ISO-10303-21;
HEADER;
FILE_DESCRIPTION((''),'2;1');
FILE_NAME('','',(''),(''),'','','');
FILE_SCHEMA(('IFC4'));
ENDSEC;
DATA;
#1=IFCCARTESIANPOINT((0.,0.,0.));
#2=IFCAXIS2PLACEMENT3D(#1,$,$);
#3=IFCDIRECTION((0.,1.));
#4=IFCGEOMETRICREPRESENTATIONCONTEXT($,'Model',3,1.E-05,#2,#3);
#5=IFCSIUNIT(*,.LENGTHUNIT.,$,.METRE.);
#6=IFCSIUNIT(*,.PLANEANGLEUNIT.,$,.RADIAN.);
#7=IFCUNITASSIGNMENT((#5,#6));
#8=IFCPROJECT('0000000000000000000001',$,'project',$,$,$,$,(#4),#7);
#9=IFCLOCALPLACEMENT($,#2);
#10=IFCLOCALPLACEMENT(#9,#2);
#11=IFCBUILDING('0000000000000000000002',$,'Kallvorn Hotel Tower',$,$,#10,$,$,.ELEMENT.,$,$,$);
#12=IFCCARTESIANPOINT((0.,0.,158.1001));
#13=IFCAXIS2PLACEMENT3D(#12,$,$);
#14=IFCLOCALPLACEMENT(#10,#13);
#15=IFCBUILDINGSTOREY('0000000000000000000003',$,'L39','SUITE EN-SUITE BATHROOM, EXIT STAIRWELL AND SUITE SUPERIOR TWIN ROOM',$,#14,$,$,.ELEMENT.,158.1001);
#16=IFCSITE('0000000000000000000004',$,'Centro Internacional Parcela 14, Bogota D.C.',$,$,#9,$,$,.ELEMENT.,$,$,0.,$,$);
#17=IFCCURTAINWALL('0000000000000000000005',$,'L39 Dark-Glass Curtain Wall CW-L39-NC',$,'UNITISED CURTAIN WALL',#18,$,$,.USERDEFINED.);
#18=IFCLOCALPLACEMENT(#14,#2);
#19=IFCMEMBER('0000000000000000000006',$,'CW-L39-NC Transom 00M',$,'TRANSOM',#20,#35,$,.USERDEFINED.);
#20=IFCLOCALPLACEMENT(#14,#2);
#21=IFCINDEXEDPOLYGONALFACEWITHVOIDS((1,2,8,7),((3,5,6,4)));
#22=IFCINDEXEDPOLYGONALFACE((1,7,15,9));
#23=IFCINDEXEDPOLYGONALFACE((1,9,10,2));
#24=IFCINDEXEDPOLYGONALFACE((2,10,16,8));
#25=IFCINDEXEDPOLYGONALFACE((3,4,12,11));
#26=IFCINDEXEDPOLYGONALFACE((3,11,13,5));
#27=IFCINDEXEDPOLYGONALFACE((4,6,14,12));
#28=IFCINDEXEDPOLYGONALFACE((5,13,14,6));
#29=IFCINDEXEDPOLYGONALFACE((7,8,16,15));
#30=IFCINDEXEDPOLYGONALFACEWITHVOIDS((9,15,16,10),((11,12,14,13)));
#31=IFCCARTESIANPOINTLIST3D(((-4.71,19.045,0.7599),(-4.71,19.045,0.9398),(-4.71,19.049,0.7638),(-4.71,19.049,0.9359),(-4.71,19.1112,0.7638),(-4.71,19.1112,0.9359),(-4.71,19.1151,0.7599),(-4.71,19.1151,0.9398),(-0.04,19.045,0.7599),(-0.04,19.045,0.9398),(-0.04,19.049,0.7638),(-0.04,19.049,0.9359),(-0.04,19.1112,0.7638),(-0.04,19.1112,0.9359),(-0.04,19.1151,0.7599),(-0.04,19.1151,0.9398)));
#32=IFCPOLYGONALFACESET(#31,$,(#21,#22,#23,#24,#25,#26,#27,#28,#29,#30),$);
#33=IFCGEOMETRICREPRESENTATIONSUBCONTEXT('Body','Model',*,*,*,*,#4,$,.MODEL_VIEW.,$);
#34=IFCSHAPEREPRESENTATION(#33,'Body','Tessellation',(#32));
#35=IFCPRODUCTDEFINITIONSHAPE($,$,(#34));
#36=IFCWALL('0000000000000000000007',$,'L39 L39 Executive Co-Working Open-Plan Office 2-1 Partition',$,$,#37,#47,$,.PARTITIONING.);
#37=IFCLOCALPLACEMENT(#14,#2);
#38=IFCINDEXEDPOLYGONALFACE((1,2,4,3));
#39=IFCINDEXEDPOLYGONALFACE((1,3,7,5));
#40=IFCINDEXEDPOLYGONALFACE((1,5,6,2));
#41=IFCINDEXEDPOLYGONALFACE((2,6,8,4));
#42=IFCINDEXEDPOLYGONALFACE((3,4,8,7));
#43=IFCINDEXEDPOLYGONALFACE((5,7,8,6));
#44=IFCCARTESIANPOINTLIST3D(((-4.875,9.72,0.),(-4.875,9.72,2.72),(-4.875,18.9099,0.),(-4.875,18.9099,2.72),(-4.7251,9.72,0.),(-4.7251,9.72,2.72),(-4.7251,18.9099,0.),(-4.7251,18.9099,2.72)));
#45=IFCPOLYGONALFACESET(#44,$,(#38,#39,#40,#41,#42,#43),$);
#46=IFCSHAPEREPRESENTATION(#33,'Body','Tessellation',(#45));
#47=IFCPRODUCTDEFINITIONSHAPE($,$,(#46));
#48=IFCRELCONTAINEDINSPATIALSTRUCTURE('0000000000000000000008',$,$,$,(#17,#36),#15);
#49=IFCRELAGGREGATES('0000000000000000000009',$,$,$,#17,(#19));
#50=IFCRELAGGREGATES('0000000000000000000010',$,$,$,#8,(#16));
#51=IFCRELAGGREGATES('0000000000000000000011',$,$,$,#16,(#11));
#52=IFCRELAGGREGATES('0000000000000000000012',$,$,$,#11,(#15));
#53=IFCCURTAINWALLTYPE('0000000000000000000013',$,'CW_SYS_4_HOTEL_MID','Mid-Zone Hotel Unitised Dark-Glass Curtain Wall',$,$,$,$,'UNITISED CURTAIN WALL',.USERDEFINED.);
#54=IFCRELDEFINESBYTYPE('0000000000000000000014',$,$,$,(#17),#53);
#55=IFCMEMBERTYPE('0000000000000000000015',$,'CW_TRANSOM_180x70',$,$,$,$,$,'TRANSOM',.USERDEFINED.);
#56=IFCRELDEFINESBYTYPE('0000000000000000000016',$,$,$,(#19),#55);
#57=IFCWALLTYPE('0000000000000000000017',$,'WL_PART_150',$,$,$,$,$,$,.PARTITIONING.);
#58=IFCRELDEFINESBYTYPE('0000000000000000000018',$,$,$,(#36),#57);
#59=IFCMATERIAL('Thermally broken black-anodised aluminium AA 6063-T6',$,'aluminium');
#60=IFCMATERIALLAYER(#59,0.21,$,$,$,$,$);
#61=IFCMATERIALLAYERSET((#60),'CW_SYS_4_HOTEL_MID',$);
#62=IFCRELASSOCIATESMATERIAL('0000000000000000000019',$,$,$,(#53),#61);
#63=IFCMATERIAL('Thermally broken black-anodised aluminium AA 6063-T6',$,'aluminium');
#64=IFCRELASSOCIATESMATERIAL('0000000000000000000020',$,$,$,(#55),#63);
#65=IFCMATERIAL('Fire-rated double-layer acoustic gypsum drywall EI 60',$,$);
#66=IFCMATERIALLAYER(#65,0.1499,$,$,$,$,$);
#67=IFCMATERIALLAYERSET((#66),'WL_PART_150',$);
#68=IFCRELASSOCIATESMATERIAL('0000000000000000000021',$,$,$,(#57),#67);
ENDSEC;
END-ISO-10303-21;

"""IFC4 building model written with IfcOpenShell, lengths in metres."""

from ifc_helpers import new_model, si_unit, direction, frame, frame_2d, origin, origin_2d, place, context, subcontext, project, spatial, rectangle, hollow_rectangle, extrude, material, layer, layer_set, material_profile, profile_set, type_object, element, aggregate, save


model = new_model("IFC4")

# Units and contexts
model_context = context("Model", 3, precision=1e-05, world=origin(), true_north=direction((0.0, 1.0)))
body_context = subcontext(model_context, "Body", "Model", "MODEL_VIEW")
ifc_project = project(units=[si_unit("LENGTHUNIT", "METRE"), si_unit("PLANEANGLEUNIT", "RADIAN")], contexts=[model_context])

# Site, building, storey
site_placement = place(None, origin())
site = spatial("IfcSite", under=ifc_project, at=site_placement, Name="Centro Internacional Parcela 14, Bogota D.C.", CompositionType="ELEMENT", RefElevation=0.0)
building_placement = place(site_placement, origin())
building = spatial("IfcBuilding", under=site, at=building_placement, Name="Kallvorn Hotel Tower", CompositionType="ELEMENT")
storey_placement = place(building_placement, frame((0.0, 0.0, 158.1001)))
storey = spatial("IfcBuildingStorey", under=building, at=storey_placement, Name="L39", Description="SUITE EN-SUITE BATHROOM, EXIT STAIRWELL AND SUITE SUPERIOR TWIN ROOM", CompositionType="ELEMENT", Elevation=158.1001)

# Curtain wall, member
ifc_material_1 = material(Name="Thermally broken black-anodised aluminium AA 6063-T6", Category="aluminium")
ifc_layer_1 = layer(ifc_material_1, 0.21)
ifc_layer_set_1 = layer_set([ifc_layer_1], Name="CW_SYS_4_HOTEL_MID")
curtain_wall_type = type_object("IfcCurtainWallType", Name="CW_SYS_4_HOTEL_MID", Description="Mid-Zone Hotel Unitised Dark-Glass Curtain Wall", ElementType="UNITISED CURTAIN WALL", PredefinedType="USERDEFINED", material=ifc_layer_set_1)
curtain_wall_placement = place(storey_placement, origin())
curtain_wall = element("IfcCurtainWall", 1, at=curtain_wall_placement, inside=storey, type_object=curtain_wall_type, Name="L39 Dark-Glass Curtain Wall CW-L39-NC", ObjectType="UNITISED CURTAIN WALL", PredefinedType="USERDEFINED")
ifc_material_2 = material(Name="Thermally broken black-anodised aluminium AA 6063-T6", Category="aluminium")
ifc_material_profile_1 = material_profile(ifc_material_2, hollow_rectangle(XDim=0.0701, YDim=0.1799, WallThickness=0.0039, at=origin_2d()), Name="TRN 180x70")
ifc_profile_set_1 = profile_set([ifc_material_profile_1], Name="Thermally broken black-anodised aluminium AA 6063-T6")
member_type_1 = type_object("IfcMemberType", Name="CW_TRANSOM_180x70", ElementType="TRANSOM", PredefinedType="USERDEFINED", material=ifc_profile_set_1)
member_1_placement = place(storey_placement, frame((-4.71, 19.0801, 0.8499), z_axis=(1.0, 0.0, 0.0), x_axis=(0.0, 1.0, 0.0)))
member_1 = element("IfcMember", 2, at=member_1_placement, type_object=member_type_1, Name="CW-L39-NC Transom 00M", ObjectType="TRANSOM", PredefinedType="USERDEFINED", context=body_context, shape_type="SweptSolid", body=[
    extrude(hollow_rectangle(XDim=0.0701, YDim=0.1799, WallThickness=0.0039, at=origin_2d()), origin(), (0.0, 0.0, 1.0), 4.6699),
])
aggregate(curtain_wall, [member_1])

# Wall
ifc_material_3 = material(Name="Fire-rated double-layer acoustic gypsum drywall EI 60")
ifc_layer_2 = layer(ifc_material_3, 0.1499)
ifc_layer_set_2 = layer_set([ifc_layer_2], Name="WL_PART_150")
wall_type = type_object("IfcWallType", Name="WL_PART_150", PredefinedType="PARTITIONING", material=ifc_layer_set_2)
wall_placement = place(storey_placement, frame((-4.8, 9.72, 0.0), z_axis=(0.0, 0.0, 1.0), x_axis=(0.0, 1.0, 0.0)))
element("IfcWall", 3, at=wall_placement, inside=storey, type_object=wall_type, Name="L39 L39 Executive Co-Working Open-Plan Office 2-1 Partition", PredefinedType="PARTITIONING", context=body_context, shape_type="SweptSolid", body=[
    extrude(rectangle(XDim=9.1899, YDim=0.1499, at=frame_2d((4.595, 0.0))), origin(), (0.0, 0.0, 1.0), 2.72),
])

save(model, "model.ifc")
